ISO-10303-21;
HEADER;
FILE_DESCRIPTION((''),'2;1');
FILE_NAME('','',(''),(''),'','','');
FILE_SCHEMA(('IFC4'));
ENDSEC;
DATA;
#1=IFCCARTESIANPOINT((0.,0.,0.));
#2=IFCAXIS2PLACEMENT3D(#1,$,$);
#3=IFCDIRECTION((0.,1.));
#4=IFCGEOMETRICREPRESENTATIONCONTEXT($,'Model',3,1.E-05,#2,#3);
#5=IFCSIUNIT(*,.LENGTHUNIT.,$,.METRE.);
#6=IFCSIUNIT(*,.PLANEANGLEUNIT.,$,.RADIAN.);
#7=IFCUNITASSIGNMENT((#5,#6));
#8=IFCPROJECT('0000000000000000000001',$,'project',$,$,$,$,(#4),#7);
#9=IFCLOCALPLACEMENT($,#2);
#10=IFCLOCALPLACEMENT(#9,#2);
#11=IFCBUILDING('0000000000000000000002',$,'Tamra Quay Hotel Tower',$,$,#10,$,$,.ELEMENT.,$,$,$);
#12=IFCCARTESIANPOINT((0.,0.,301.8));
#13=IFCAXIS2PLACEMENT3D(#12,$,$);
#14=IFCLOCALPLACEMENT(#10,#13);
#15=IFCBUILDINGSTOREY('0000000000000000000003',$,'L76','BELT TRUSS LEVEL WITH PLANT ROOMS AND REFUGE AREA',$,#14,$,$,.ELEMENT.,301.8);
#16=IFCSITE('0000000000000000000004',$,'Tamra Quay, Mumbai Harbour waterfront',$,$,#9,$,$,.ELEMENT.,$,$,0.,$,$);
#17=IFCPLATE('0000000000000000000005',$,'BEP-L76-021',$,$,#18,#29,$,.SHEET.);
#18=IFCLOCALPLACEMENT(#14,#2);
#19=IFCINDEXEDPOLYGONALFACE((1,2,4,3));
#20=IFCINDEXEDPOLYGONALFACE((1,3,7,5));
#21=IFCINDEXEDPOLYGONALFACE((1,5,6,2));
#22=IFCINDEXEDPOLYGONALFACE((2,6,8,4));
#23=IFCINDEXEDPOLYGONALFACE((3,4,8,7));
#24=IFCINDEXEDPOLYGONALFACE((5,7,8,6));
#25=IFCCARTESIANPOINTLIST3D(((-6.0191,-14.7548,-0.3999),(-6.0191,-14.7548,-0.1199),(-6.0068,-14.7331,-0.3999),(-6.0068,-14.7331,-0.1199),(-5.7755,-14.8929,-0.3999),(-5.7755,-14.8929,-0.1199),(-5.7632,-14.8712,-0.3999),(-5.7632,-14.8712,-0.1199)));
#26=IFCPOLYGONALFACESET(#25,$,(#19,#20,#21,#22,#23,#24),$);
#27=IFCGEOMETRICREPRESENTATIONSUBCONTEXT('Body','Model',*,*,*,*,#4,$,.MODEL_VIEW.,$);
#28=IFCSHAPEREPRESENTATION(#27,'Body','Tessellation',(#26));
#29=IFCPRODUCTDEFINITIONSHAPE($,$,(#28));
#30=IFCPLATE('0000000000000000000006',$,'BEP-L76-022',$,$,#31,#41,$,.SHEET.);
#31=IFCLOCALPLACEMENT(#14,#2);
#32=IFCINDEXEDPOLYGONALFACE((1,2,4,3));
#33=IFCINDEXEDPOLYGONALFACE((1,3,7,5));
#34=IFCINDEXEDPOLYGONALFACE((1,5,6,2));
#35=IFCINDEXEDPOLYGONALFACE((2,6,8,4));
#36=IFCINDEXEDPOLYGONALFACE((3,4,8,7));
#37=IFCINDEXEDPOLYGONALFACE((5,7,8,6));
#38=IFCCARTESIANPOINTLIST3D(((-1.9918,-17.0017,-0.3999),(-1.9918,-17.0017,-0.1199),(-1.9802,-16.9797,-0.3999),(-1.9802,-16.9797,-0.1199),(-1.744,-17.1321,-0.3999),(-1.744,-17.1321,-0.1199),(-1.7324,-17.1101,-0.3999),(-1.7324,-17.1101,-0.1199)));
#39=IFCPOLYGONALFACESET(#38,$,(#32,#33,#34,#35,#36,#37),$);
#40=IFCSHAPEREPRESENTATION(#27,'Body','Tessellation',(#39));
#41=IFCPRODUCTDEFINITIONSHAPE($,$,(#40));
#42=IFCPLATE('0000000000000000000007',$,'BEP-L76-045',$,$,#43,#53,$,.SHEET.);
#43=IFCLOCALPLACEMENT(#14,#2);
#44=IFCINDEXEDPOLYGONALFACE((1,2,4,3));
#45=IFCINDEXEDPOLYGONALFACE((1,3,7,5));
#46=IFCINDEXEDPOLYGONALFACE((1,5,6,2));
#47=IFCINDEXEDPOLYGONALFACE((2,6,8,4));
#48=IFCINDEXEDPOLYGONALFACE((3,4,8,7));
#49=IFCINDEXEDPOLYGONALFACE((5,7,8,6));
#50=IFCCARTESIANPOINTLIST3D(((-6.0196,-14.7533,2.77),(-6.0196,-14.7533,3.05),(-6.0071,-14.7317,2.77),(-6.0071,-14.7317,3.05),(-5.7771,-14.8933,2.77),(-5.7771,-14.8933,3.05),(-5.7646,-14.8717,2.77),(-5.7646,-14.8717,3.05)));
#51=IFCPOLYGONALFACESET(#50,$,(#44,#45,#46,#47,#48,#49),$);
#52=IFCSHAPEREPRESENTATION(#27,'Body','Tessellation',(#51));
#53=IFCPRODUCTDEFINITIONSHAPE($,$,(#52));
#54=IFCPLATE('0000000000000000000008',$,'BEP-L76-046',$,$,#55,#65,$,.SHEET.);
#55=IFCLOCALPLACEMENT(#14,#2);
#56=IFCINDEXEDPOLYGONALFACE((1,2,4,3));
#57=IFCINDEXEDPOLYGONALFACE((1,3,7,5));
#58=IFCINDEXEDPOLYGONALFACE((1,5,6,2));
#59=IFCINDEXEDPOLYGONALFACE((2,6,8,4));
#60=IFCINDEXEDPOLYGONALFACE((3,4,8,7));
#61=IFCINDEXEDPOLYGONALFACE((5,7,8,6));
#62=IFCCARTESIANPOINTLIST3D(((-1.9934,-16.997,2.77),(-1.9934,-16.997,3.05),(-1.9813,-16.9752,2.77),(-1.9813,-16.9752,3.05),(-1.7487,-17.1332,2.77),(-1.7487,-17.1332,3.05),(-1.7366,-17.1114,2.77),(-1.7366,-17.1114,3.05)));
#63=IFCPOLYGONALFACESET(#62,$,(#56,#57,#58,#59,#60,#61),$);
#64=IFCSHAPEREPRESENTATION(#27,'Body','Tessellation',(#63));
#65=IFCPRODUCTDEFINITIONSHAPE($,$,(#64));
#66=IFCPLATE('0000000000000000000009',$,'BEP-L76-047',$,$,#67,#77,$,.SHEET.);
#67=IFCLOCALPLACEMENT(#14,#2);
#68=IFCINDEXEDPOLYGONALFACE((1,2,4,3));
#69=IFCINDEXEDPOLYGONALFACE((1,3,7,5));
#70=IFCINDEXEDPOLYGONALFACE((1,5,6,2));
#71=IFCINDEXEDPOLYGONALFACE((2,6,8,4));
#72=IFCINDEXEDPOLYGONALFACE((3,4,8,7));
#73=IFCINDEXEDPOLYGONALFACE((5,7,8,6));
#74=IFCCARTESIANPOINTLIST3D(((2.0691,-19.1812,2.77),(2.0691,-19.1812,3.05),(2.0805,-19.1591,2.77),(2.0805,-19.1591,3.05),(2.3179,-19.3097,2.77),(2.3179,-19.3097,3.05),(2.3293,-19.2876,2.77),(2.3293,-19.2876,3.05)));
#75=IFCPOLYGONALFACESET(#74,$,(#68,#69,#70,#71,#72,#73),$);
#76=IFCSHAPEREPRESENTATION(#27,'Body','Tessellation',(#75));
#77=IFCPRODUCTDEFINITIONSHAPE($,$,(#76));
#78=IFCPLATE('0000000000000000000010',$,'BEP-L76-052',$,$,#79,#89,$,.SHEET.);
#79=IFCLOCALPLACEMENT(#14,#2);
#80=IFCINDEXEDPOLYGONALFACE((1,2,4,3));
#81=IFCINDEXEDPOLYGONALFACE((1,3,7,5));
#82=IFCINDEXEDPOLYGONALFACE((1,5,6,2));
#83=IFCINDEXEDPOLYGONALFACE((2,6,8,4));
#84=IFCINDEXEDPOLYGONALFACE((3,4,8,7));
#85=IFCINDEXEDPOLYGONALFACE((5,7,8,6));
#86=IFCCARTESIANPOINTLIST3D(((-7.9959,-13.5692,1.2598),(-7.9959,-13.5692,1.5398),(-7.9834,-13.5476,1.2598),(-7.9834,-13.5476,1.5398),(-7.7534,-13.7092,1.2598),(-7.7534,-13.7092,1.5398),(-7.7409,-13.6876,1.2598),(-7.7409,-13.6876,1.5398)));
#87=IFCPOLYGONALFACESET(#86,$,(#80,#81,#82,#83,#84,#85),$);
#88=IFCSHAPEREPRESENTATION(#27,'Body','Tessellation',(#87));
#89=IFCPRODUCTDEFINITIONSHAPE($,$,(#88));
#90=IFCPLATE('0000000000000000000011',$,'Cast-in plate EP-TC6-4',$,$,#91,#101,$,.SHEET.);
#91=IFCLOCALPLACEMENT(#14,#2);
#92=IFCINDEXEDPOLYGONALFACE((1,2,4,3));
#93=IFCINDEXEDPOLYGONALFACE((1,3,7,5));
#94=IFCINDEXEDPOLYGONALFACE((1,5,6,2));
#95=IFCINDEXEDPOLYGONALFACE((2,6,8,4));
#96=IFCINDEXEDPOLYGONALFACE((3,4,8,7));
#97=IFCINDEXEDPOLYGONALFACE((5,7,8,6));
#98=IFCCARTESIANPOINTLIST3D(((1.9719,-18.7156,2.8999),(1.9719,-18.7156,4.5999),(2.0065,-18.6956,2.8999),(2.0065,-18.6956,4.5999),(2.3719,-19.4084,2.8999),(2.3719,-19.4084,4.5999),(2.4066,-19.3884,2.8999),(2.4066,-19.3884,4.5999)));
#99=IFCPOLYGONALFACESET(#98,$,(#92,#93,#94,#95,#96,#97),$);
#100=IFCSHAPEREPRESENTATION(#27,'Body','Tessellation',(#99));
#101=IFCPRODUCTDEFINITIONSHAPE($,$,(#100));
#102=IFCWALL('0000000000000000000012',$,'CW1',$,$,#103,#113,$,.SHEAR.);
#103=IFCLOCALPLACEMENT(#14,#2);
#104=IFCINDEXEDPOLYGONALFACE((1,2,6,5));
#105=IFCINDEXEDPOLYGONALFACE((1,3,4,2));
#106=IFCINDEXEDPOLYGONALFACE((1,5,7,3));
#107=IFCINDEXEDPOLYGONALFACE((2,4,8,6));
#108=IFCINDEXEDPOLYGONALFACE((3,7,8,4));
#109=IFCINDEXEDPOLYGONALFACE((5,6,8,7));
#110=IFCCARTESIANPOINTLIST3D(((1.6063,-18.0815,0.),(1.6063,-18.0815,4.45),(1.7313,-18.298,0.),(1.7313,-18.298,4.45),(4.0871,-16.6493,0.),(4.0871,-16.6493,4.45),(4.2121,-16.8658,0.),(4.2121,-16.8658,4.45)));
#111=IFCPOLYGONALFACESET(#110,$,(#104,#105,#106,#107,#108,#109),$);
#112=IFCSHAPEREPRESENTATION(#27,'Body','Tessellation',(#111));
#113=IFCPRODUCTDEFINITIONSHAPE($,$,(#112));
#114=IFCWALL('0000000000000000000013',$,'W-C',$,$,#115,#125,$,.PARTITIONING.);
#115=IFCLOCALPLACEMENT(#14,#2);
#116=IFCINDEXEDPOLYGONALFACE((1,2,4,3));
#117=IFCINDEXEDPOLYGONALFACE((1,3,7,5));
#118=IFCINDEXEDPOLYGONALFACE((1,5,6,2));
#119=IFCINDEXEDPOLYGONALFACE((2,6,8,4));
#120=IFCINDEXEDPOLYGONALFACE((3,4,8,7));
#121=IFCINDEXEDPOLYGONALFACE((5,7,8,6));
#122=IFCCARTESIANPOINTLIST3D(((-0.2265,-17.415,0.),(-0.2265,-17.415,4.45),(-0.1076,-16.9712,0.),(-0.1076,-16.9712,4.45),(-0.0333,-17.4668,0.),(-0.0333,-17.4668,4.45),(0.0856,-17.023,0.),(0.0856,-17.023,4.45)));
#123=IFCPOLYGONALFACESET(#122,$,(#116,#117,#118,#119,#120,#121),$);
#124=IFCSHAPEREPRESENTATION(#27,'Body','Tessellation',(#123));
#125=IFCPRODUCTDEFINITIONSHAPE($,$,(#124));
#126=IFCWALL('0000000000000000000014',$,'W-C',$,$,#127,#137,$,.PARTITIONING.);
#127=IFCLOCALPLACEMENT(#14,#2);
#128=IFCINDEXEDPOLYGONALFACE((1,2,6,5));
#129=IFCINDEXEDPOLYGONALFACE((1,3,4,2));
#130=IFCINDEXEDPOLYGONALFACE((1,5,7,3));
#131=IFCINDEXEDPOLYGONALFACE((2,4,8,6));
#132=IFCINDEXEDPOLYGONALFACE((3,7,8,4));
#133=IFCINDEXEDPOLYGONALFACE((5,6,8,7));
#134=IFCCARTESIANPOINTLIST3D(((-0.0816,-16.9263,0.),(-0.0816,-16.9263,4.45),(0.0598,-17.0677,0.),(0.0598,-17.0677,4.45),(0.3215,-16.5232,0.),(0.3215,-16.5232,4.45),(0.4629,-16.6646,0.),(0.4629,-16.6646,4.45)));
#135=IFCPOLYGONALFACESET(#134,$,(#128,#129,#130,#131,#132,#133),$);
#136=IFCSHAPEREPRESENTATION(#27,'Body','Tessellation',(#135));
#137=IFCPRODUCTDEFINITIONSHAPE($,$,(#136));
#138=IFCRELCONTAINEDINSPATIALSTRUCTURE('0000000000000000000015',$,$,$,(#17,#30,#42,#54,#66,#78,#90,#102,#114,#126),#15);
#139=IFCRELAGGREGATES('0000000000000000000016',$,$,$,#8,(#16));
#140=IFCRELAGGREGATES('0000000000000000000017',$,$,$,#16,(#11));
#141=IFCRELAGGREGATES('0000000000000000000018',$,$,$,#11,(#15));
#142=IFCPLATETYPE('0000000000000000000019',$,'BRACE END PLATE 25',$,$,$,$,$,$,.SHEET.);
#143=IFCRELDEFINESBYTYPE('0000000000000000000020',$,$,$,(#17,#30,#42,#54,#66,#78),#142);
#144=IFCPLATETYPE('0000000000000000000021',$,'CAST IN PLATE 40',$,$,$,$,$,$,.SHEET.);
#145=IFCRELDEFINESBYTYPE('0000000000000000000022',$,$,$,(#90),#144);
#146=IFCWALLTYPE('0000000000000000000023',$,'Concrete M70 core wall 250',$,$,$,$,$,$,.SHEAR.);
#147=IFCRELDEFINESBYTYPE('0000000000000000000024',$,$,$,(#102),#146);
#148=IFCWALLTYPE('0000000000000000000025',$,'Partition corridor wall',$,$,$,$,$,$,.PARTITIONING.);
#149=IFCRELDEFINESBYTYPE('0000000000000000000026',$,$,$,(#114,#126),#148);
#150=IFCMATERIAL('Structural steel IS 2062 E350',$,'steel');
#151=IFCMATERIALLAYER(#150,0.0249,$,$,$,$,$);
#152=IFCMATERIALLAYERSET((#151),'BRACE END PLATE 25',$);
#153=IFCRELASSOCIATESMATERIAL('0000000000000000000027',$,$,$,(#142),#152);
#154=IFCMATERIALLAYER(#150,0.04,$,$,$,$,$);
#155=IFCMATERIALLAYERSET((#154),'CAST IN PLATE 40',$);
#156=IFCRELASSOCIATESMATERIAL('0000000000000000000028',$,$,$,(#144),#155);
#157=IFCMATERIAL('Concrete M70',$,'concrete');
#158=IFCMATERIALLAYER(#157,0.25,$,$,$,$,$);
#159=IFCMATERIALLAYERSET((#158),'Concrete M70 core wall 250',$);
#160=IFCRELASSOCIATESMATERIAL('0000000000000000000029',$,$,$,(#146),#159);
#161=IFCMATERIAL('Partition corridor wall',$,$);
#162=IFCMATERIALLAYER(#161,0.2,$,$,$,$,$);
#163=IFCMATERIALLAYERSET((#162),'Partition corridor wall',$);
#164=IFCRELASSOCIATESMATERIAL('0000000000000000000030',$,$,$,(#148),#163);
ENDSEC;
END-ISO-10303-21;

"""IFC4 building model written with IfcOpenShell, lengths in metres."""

from ifc_helpers import new_model, si_unit, direction, frame, frame_2d, origin, origin_2d, place, context, subcontext, project, spatial, rectangle, extrude, material, layer, layer_set, type_object, element, save


model = new_model("IFC4")

# Units and contexts
model_context = context("Model", 3, precision=1e-05, world=origin(), true_north=direction((0.0, 1.0)))
body_context = subcontext(model_context, "Body", "Model", "MODEL_VIEW")
ifc_project = project(units=[si_unit("LENGTHUNIT", "METRE"), si_unit("PLANEANGLEUNIT", "RADIAN")], contexts=[model_context])

# Site, building, storey
site_placement = place(None, origin())
site = spatial("IfcSite", under=ifc_project, at=site_placement, Name="Tamra Quay, Mumbai Harbour waterfront", CompositionType="ELEMENT", RefElevation=0.0)
building_placement = place(site_placement, origin())
building = spatial("IfcBuilding", under=site, at=building_placement, Name="Tamra Quay Hotel Tower", CompositionType="ELEMENT")
storey_placement = place(building_placement, frame((0.0, 0.0, 301.8)))
storey = spatial("IfcBuildingStorey", under=building, at=storey_placement, Name="L76", Description="BELT TRUSS LEVEL WITH PLANT ROOMS AND REFUGE AREA", CompositionType="ELEMENT", Elevation=301.8)

# Shared definitions
ifc_material_1 = material(Name="Structural steel IS 2062 E350", Category="steel")

# Plates
ifc_layer_1 = layer(ifc_material_1, 0.0249)
ifc_layer_set_1 = layer_set([ifc_layer_1], Name="BRACE END PLATE 25")
plate_type_1 = type_object("IfcPlateType", Name="BRACE END PLATE 25", PredefinedType="SHEET", material=ifc_layer_set_1)
for number, where, z_axis, x_axis, name in (
    (1, (-5.8911, -14.813, -0.3999), (0.0, 0.0, 1.0), (0.493219, 0.869905, 0.0), "BEP-L76-021"),
    (2, (-1.8621, -17.0559, -0.3999), (0.0, 0.0, 1.0), (0.465814, 0.884883, 0.0), "BEP-L76-022"),
    (3, (-5.8921, -14.8125, 2.77), (0.0, 0.0, 1.0), (0.499998, 0.866026, 0.0), "BEP-L76-045"),
    (4, (-1.865, -17.0542, 2.77), (0.0, 0.0, 1.0), (0.48641, 0.873731, 0.0), "BEP-L76-046"),
    (5, (2.1992, -19.2344, 2.77), (0.0, 0.0, 1.0), (0.458905, 0.888485, 0.0), "BEP-L76-047"),
    (6, (-7.8684, -13.6284, 1.2598), (0.0, 0.0, 1.0), (0.499998, 0.866026, 0.0), "BEP-L76-052"),
):
    element("IfcPlate", number, at=place(storey_placement, frame(where, z_axis=z_axis, x_axis=x_axis)), inside=storey, type_object=plate_type_1, Name=name, PredefinedType="SHEET", context=body_context, shape_type="SweptSolid", body=[
        extrude(rectangle(XDim=0.0249, YDim=0.28, at=origin_2d()), origin(), (0.0, 0.0, 1.0), 0.28),
    ])
ifc_layer_2 = layer(ifc_material_1, 0.04)
ifc_layer_set_2 = layer_set([ifc_layer_2], Name="CAST IN PLATE 40")
plate_type_2 = type_object("IfcPlateType", Name="CAST IN PLATE 40", PredefinedType="SHEET", material=ifc_layer_set_2)
plate_placement = place(storey_placement, frame((2.1892, -19.052, 2.8999), z_axis=(0.0, 0.0, 1.0), x_axis=(0.866025, 0.5, 0.0)))
element("IfcPlate", 7, at=plate_placement, inside=storey, type_object=plate_type_2, Name="Cast-in plate EP-TC6-4", PredefinedType="SHEET", context=body_context, shape_type="SweptSolid", body=[
    extrude(rectangle(XDim=0.04, YDim=0.8, at=origin_2d()), origin(), (0.0, 0.0, 1.0), 1.7),
])

# Walls
ifc_material_2 = material(Name="Concrete M70", Category="concrete")
ifc_layer_3 = layer(ifc_material_2, 0.25)
ifc_layer_set_3 = layer_set([ifc_layer_3], Name="Concrete M70 core wall 250")
wall_type_1 = type_object("IfcWallType", Name="Concrete M70 core wall 250", PredefinedType="SHEAR", material=ifc_layer_set_3)
wall_1_placement = place(storey_placement, frame((1.6689, -18.1897, 0.0), z_axis=(0.0, 0.0, 1.0), x_axis=(0.866042, 0.499971, 0.0)))
element("IfcWall", 8, at=wall_1_placement, inside=storey, type_object=wall_type_1, Name="CW1", PredefinedType="SHEAR", context=body_context, shape_type="SweptSolid", body=[
    extrude(rectangle(XDim=2.8645, YDim=0.25, at=frame_2d((1.4321, 0.0))), origin(), (0.0, 0.0, 1.0), 4.45),
])
ifc_material_3 = material(Name="Partition corridor wall")
ifc_layer_4 = layer(ifc_material_3, 0.2)
ifc_layer_set_4 = layer_set([ifc_layer_4], Name="Partition corridor wall")
wall_type_2 = type_object("IfcWallType", Name="Partition corridor wall", PredefinedType="PARTITIONING", material=ifc_layer_set_4)
wall_2_placement = place(storey_placement, frame((-0.1299, -17.4409, 0.0), z_axis=(0.0, 0.0, 1.0), x_axis=(0.258754, 0.965943, 0.0)))
element("IfcWall", 9, at=wall_2_placement, inside=storey, type_object=wall_type_2, Name="W-C", PredefinedType="PARTITIONING", context=body_context, shape_type="SweptSolid", body=[
    extrude(rectangle(XDim=0.4595, YDim=0.2, at=frame_2d((0.2297, 0.0))), origin(), (0.0, 0.0, 1.0), 4.45),
])
wall_3_placement = place(storey_placement, frame((-0.011, -16.9971, 0.0), z_axis=(0.0, 0.0, 1.0), x_axis=(0.707107, 0.707107, 0.0)))
element("IfcWall", 10, at=wall_3_placement, inside=storey, type_object=wall_type_2, Name="W-C", PredefinedType="PARTITIONING", context=body_context, shape_type="SweptSolid", body=[
    extrude(rectangle(XDim=0.5701, YDim=0.2, at=frame_2d((0.2852, 0.0))), origin(), (0.0, 0.0, 1.0), 4.45),
])

save(model, "model.ifc")
